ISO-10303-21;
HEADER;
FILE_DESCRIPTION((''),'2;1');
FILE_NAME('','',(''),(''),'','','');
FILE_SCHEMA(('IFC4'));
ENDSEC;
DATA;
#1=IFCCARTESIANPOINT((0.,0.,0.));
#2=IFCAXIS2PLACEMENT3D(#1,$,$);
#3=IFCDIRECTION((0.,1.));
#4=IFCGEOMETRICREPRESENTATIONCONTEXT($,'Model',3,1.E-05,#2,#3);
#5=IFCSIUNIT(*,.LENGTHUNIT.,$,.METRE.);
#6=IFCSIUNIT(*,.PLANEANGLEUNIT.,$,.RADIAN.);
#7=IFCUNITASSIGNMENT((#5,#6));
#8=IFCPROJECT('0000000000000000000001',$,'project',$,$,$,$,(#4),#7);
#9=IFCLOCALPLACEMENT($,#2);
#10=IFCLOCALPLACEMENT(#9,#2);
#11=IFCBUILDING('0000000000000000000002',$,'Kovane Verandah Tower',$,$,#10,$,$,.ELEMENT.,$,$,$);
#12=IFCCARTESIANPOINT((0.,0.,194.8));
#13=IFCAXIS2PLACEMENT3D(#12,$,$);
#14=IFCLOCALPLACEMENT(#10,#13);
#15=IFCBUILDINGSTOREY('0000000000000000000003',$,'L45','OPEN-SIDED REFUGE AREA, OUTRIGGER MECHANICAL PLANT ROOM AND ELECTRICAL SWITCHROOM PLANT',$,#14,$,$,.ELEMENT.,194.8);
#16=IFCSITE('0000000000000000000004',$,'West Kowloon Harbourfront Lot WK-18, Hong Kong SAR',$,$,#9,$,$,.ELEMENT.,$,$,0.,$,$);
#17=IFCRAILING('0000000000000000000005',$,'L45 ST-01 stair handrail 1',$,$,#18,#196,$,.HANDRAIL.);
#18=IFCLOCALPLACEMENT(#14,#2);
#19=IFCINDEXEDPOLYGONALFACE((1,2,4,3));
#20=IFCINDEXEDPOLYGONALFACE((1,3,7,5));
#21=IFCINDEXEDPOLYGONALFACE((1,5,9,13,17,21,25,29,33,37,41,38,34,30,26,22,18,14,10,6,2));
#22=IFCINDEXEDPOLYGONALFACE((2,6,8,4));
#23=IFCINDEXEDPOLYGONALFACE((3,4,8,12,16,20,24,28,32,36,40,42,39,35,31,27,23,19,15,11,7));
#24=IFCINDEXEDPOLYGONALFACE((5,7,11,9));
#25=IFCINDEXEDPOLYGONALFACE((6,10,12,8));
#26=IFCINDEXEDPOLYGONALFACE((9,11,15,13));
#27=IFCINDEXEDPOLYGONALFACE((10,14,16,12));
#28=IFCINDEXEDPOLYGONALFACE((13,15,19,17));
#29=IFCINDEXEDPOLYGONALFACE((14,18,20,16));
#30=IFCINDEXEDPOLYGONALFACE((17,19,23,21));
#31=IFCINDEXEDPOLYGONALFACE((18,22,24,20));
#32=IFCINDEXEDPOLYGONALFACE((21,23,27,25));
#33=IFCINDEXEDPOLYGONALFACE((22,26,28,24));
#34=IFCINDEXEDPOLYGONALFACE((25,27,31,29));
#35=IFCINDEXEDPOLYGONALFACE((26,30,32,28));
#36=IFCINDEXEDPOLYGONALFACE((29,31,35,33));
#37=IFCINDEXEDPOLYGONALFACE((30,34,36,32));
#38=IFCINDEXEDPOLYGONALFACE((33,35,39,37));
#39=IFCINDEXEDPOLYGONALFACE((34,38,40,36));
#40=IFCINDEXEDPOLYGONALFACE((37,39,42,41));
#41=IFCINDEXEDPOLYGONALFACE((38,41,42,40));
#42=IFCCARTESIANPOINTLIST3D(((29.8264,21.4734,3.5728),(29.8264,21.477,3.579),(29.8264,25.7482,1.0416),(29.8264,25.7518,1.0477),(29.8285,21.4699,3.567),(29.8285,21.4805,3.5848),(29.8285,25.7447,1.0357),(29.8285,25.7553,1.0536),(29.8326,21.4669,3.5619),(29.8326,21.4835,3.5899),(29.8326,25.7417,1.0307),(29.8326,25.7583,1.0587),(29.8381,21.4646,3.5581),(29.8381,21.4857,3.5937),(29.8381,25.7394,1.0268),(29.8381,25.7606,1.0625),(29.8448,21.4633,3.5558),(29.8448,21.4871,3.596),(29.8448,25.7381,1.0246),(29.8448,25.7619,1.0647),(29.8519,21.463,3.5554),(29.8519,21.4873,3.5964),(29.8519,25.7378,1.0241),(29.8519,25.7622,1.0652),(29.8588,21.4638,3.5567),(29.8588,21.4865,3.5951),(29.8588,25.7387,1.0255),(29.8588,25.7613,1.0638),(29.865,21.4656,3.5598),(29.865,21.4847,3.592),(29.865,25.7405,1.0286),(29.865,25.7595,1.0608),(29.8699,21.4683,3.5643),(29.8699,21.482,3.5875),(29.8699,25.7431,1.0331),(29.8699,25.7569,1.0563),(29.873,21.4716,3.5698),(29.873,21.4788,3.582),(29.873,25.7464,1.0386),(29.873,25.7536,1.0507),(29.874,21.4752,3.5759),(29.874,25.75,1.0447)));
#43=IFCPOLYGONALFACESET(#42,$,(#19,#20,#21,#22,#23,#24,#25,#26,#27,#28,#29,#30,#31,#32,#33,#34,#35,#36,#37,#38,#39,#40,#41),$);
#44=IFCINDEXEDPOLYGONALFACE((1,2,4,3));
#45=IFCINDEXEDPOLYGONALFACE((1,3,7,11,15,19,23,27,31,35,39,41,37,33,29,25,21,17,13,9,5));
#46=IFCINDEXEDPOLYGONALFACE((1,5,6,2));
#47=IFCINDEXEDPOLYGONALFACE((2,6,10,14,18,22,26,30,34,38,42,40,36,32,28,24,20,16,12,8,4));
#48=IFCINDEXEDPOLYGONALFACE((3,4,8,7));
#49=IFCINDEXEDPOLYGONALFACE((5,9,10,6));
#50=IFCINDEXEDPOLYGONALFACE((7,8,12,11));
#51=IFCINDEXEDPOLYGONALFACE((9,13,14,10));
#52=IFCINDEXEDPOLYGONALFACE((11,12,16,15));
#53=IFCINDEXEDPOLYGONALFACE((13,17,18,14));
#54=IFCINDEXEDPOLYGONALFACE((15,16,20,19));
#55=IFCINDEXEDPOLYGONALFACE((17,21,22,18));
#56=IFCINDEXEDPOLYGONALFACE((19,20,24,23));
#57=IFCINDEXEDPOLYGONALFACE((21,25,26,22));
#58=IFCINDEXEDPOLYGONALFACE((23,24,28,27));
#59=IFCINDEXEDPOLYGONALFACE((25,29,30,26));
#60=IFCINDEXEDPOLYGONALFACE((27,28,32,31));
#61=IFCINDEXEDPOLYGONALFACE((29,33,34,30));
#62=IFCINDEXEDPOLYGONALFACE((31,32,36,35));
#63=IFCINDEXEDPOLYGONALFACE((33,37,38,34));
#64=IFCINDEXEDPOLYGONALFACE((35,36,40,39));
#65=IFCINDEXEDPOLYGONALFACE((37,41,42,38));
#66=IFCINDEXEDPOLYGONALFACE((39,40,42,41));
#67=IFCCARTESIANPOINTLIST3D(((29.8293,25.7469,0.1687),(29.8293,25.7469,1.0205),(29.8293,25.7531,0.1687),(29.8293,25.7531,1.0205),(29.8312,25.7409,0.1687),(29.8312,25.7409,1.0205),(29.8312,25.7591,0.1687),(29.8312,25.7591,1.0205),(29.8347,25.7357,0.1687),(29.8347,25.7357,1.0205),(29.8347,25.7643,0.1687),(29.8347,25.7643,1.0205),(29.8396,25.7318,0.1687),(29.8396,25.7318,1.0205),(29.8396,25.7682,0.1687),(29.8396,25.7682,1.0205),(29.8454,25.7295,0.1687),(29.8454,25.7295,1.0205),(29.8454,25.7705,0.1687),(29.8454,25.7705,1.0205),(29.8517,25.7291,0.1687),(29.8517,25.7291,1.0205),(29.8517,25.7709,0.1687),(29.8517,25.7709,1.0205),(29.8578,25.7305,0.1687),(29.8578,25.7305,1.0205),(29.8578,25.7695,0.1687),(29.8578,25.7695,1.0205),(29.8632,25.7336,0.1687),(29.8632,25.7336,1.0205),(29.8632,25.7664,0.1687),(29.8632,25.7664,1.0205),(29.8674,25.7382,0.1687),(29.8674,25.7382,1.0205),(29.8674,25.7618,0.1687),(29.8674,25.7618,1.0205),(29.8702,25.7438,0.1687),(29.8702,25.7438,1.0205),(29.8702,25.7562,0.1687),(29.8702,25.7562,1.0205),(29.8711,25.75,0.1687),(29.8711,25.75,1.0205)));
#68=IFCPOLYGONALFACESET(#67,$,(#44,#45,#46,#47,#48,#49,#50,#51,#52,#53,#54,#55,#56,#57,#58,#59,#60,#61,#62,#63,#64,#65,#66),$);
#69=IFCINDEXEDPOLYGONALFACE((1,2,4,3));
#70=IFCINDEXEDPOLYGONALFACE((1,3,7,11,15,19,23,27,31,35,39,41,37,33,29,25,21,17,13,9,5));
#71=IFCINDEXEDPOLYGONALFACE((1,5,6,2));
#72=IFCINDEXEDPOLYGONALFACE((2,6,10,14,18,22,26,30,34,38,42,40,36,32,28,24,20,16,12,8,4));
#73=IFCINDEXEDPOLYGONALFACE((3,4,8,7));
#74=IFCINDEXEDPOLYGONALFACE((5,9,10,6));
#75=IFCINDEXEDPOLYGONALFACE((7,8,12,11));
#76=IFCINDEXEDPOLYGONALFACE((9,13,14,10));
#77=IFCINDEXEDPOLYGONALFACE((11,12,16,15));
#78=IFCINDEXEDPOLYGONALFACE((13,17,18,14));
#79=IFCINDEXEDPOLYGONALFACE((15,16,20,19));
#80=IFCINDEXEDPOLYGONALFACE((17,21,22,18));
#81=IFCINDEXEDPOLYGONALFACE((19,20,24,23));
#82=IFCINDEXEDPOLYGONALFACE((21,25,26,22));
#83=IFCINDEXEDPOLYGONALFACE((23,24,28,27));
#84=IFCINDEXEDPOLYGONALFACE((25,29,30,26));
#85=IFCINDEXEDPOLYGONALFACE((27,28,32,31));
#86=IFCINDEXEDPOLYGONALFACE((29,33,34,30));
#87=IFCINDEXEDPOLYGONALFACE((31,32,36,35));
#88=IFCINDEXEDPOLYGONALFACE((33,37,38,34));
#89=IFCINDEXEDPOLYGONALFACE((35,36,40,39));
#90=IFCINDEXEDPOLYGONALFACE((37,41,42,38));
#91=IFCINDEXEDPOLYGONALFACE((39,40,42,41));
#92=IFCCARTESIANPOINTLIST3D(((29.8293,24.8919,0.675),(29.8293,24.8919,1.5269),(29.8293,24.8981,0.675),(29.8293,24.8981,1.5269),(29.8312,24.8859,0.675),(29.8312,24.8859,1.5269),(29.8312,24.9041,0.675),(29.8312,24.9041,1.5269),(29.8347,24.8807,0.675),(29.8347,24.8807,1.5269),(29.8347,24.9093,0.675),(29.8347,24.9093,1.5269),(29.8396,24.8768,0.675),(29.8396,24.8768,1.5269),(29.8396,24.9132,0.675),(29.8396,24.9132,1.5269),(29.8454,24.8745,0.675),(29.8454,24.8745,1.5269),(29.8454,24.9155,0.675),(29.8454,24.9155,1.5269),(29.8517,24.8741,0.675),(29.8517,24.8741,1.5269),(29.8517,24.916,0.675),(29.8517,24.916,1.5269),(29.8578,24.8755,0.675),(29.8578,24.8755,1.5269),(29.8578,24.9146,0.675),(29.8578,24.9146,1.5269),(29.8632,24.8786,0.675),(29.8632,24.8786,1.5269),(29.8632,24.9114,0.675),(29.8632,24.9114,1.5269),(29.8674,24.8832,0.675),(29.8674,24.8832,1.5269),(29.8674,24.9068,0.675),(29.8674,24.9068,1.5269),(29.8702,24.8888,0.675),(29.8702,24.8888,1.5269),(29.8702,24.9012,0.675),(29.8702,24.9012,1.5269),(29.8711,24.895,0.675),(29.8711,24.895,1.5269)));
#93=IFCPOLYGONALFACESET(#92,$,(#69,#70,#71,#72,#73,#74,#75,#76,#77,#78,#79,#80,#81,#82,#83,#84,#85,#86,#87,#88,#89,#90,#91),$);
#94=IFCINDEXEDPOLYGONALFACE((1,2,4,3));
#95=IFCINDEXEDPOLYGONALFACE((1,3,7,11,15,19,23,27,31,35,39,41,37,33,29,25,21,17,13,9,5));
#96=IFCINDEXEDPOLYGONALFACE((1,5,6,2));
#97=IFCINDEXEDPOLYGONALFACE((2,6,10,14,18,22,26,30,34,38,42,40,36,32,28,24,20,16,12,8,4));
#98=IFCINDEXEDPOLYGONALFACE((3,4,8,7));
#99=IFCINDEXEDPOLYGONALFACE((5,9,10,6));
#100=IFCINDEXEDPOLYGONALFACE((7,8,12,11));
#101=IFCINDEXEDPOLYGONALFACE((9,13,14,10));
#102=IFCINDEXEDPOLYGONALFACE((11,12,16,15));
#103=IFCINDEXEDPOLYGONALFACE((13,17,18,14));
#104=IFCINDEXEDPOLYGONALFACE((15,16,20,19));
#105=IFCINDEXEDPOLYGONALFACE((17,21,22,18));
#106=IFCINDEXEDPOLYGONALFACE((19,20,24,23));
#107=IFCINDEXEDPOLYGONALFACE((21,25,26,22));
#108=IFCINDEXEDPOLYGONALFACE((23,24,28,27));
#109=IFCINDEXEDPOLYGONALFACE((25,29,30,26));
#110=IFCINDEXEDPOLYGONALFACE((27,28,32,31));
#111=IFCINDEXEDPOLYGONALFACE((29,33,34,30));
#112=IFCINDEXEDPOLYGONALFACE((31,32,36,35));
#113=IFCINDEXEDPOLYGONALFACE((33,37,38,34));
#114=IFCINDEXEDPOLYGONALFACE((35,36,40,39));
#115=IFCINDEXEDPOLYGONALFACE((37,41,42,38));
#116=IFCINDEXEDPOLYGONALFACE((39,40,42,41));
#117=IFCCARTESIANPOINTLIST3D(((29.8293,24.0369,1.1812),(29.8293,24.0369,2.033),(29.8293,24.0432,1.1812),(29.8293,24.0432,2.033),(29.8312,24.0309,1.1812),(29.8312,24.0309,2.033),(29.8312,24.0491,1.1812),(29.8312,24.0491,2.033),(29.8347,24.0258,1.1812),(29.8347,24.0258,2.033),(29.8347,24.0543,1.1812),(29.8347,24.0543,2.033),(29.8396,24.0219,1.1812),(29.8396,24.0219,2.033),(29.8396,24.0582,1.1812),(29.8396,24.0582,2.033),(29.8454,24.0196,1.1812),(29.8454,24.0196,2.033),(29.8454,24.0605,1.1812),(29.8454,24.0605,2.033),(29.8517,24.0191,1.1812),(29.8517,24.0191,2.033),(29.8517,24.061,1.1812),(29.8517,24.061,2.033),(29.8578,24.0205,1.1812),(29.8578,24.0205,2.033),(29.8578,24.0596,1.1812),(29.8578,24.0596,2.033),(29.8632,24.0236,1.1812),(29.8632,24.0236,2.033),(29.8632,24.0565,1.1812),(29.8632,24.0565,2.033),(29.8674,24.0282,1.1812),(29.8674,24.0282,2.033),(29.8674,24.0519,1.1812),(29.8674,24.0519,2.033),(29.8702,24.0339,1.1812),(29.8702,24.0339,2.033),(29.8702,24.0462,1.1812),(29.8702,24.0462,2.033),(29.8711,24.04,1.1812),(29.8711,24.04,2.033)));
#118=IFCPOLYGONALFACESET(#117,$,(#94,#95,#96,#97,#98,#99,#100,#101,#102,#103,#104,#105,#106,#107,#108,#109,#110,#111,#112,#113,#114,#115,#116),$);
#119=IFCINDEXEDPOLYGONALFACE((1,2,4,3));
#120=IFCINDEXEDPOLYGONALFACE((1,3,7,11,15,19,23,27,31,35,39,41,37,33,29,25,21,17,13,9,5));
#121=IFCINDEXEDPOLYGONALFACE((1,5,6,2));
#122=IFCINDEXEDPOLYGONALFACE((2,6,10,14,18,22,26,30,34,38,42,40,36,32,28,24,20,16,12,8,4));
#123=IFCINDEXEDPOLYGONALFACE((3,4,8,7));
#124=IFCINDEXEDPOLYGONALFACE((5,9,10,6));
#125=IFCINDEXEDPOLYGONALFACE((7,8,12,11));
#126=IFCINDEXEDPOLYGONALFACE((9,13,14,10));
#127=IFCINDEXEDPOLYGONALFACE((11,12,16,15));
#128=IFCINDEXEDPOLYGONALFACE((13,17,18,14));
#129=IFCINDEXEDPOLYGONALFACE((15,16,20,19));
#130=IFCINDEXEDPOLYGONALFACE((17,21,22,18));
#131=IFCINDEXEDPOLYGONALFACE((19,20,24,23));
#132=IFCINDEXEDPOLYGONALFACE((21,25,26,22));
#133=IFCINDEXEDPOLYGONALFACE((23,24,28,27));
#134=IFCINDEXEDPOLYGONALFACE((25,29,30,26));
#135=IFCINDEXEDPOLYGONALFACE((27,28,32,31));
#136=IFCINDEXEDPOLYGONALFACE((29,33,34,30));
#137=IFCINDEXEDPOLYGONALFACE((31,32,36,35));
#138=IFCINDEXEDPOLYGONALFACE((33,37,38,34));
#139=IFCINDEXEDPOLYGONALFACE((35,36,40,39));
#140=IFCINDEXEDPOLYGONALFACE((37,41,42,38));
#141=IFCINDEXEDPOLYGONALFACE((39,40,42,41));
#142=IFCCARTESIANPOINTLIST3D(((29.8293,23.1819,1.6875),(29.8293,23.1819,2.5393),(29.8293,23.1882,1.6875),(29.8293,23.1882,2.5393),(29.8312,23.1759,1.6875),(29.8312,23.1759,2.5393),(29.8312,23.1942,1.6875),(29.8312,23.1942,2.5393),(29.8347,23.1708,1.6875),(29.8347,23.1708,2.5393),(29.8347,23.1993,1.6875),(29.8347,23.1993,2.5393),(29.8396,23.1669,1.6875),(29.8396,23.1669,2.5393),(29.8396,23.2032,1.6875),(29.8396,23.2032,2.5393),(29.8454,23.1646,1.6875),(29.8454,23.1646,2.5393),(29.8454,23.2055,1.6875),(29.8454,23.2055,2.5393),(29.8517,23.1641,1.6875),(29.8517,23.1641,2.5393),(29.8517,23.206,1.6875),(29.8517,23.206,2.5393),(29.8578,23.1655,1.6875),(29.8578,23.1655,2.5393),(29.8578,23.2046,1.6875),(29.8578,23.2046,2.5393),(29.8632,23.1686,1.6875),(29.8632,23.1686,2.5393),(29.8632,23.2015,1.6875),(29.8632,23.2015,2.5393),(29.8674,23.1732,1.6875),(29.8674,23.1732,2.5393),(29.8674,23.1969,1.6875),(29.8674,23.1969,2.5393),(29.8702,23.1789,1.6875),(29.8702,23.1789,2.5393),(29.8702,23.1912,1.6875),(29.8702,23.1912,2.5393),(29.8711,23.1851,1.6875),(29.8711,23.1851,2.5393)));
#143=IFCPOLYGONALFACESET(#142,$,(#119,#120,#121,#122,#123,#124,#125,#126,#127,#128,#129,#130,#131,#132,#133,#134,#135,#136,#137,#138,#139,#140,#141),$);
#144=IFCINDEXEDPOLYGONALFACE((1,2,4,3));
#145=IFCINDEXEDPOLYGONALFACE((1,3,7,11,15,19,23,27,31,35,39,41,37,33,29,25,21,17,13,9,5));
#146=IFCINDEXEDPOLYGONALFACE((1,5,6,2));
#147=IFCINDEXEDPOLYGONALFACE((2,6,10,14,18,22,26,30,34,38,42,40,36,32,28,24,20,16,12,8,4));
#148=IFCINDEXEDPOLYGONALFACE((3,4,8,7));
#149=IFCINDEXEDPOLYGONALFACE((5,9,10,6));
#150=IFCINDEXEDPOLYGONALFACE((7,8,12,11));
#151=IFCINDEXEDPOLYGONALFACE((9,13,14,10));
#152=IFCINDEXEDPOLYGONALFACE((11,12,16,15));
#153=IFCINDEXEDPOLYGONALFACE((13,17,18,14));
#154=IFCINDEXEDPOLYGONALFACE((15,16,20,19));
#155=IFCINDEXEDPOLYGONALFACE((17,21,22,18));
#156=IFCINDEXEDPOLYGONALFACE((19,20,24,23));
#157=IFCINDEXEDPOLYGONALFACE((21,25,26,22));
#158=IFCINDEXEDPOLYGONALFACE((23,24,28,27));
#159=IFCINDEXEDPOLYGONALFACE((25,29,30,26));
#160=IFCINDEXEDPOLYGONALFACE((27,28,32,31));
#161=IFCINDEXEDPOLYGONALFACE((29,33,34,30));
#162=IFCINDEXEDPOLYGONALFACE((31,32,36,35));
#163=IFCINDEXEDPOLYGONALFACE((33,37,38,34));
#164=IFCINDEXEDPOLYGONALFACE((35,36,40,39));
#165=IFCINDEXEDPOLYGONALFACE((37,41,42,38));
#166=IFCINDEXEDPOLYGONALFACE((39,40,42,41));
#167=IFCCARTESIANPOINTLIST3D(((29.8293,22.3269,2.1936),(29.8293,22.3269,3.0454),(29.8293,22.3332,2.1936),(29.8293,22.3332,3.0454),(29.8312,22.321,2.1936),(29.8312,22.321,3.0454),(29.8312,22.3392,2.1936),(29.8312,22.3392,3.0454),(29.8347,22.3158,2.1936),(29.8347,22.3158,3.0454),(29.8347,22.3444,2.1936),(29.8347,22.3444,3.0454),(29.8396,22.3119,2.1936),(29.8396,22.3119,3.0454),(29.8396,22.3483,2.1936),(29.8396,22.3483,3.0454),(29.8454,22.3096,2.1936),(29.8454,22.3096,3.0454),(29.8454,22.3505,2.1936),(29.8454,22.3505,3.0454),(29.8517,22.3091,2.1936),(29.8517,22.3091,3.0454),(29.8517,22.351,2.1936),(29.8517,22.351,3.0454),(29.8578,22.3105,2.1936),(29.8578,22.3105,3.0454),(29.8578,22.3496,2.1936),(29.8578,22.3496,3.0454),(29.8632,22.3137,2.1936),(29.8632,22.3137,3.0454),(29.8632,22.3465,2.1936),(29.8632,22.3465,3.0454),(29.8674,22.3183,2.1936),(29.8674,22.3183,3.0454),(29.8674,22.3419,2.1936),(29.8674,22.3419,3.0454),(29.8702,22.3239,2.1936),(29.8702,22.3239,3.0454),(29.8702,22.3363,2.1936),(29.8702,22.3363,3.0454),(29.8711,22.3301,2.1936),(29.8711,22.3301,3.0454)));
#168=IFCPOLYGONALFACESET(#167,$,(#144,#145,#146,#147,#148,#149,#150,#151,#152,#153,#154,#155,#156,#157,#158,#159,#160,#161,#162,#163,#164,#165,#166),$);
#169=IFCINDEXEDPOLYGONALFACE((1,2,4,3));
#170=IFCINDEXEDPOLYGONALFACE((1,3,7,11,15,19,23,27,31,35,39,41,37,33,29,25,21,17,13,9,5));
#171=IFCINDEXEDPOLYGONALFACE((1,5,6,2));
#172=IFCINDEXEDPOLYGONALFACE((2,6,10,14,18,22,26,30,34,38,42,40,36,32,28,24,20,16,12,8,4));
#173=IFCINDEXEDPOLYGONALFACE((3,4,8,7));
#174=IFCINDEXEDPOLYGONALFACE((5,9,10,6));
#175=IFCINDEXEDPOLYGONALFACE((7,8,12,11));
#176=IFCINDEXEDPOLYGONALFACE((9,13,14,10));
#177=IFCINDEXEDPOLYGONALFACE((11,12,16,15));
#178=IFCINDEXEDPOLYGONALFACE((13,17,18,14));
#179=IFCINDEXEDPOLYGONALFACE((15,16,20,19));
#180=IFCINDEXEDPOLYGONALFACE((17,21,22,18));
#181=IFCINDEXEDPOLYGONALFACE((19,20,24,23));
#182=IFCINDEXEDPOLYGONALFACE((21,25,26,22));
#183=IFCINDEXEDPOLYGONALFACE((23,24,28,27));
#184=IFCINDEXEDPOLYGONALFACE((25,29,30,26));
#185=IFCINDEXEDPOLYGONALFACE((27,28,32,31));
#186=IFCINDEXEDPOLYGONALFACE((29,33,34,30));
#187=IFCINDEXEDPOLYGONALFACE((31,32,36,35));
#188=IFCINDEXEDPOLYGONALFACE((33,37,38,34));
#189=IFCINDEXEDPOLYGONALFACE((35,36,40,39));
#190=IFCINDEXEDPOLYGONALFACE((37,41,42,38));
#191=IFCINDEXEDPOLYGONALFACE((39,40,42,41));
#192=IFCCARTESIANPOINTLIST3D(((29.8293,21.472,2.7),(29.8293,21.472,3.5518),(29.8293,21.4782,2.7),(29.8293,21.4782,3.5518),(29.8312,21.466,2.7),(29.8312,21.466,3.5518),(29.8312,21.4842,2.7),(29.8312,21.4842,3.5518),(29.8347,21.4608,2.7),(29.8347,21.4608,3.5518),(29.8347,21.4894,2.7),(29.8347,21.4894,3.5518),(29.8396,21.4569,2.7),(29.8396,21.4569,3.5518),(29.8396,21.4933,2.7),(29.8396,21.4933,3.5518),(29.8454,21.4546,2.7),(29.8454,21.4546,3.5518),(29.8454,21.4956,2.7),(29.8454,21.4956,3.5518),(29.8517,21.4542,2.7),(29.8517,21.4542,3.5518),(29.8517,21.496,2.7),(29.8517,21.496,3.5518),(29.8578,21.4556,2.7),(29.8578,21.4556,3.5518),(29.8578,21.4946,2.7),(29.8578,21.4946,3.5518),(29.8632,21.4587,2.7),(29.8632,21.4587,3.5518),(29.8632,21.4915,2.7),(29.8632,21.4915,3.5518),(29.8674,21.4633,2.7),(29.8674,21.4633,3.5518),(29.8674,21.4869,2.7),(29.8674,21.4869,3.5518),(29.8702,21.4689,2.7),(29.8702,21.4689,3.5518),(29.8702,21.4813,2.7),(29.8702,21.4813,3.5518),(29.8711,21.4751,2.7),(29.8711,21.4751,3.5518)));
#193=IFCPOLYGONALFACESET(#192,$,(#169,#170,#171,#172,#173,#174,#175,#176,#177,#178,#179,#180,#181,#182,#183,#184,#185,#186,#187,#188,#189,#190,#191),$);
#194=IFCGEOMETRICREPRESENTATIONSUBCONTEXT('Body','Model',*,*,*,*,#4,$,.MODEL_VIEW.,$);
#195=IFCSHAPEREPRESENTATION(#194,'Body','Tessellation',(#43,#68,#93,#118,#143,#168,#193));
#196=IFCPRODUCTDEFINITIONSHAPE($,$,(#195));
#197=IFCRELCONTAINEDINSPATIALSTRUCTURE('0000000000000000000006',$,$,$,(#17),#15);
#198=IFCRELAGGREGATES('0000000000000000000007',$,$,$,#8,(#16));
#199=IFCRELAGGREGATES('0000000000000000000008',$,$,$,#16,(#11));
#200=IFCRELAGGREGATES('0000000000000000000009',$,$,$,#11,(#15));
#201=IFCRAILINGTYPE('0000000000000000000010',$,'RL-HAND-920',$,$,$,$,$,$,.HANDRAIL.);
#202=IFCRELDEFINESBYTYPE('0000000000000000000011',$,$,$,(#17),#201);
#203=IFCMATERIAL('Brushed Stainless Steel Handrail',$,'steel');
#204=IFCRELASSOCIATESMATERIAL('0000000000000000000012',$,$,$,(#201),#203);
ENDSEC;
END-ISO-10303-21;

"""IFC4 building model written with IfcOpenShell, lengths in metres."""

from ifc_helpers import new_model, si_unit, direction, frame, origin, origin_2d, place, context, subcontext, project, spatial, circle, extrude, material, type_object, element, save


model = new_model("IFC4")

# Units and contexts
model_context = context("Model", 3, precision=1e-05, world=origin(), true_north=direction((0.0, 1.0)))
body_context = subcontext(model_context, "Body", "Model", "MODEL_VIEW")
ifc_project = project(units=[si_unit("LENGTHUNIT", "METRE"), si_unit("PLANEANGLEUNIT", "RADIAN")], contexts=[model_context])

# Site, building, storey
site_placement = place(None, origin())
site = spatial("IfcSite", under=ifc_project, at=site_placement, Name="West Kowloon Harbourfront Lot WK-18, Hong Kong SAR", CompositionType="ELEMENT", RefElevation=0.0)
building_placement = place(site_placement, origin())
building = spatial("IfcBuilding", under=site, at=building_placement, Name="Kovane Verandah Tower", CompositionType="ELEMENT")
storey_placement = place(building_placement, frame((0.0, 0.0, 194.8)))
storey = spatial("IfcBuildingStorey", under=building, at=storey_placement, Name="L45", Description="OPEN-SIDED REFUGE AREA, OUTRIGGER MECHANICAL PLANT ROOM AND ELECTRICAL SWITCHROOM PLANT", CompositionType="ELEMENT", Elevation=194.8)

# Railing
ifc_material_1 = material(Name="Brushed Stainless Steel Handrail", Category="steel")
railing_type_1 = type_object("IfcRailingType", Name="RL-HAND-920", PredefinedType="HANDRAIL", material=ifc_material_1)
railing_1_placement = place(storey_placement, frame((29.8501, 25.75, 0.1687)))
element("IfcRailing", 1, at=railing_1_placement, inside=storey, type_object=railing_type_1, Name="L45 ST-01 stair handrail 1", PredefinedType="HANDRAIL", context=body_context, shape_type="SweptSolid", body=[
    extrude(circle(Radius=0.0239, at=origin_2d()), frame((0.0, 0.0, 0.876), z_axis=(0.0, -0.86047, 0.509501), x_axis=(1.0, 0.0, 0.0)), (0.0, 0.0, 1.0), 4.968),
    extrude(circle(Radius=0.021, at=origin_2d()), origin(), (0.0, 0.0, 1.0), 0.8518),
    extrude(circle(Radius=0.021, at=origin_2d()), frame((0.0, -0.855, 0.5063)), (0.0, 0.0, 1.0), 0.8518),
    extrude(circle(Radius=0.021, at=origin_2d()), frame((0.0, -1.71, 1.0125)), (0.0, 0.0, 1.0), 0.8518),
    extrude(circle(Radius=0.021, at=origin_2d()), frame((0.0, -2.5649, 1.5188)), (0.0, 0.0, 1.0), 0.8518),
    extrude(circle(Radius=0.021, at=origin_2d()), frame((0.0, -3.4199, 2.0249)), (0.0, 0.0, 1.0), 0.8518),
    extrude(circle(Radius=0.021, at=origin_2d()), frame((0.0, -4.2749, 2.5312)), (0.0, 0.0, 1.0), 0.8518),
])

save(model, "model.ifc")
